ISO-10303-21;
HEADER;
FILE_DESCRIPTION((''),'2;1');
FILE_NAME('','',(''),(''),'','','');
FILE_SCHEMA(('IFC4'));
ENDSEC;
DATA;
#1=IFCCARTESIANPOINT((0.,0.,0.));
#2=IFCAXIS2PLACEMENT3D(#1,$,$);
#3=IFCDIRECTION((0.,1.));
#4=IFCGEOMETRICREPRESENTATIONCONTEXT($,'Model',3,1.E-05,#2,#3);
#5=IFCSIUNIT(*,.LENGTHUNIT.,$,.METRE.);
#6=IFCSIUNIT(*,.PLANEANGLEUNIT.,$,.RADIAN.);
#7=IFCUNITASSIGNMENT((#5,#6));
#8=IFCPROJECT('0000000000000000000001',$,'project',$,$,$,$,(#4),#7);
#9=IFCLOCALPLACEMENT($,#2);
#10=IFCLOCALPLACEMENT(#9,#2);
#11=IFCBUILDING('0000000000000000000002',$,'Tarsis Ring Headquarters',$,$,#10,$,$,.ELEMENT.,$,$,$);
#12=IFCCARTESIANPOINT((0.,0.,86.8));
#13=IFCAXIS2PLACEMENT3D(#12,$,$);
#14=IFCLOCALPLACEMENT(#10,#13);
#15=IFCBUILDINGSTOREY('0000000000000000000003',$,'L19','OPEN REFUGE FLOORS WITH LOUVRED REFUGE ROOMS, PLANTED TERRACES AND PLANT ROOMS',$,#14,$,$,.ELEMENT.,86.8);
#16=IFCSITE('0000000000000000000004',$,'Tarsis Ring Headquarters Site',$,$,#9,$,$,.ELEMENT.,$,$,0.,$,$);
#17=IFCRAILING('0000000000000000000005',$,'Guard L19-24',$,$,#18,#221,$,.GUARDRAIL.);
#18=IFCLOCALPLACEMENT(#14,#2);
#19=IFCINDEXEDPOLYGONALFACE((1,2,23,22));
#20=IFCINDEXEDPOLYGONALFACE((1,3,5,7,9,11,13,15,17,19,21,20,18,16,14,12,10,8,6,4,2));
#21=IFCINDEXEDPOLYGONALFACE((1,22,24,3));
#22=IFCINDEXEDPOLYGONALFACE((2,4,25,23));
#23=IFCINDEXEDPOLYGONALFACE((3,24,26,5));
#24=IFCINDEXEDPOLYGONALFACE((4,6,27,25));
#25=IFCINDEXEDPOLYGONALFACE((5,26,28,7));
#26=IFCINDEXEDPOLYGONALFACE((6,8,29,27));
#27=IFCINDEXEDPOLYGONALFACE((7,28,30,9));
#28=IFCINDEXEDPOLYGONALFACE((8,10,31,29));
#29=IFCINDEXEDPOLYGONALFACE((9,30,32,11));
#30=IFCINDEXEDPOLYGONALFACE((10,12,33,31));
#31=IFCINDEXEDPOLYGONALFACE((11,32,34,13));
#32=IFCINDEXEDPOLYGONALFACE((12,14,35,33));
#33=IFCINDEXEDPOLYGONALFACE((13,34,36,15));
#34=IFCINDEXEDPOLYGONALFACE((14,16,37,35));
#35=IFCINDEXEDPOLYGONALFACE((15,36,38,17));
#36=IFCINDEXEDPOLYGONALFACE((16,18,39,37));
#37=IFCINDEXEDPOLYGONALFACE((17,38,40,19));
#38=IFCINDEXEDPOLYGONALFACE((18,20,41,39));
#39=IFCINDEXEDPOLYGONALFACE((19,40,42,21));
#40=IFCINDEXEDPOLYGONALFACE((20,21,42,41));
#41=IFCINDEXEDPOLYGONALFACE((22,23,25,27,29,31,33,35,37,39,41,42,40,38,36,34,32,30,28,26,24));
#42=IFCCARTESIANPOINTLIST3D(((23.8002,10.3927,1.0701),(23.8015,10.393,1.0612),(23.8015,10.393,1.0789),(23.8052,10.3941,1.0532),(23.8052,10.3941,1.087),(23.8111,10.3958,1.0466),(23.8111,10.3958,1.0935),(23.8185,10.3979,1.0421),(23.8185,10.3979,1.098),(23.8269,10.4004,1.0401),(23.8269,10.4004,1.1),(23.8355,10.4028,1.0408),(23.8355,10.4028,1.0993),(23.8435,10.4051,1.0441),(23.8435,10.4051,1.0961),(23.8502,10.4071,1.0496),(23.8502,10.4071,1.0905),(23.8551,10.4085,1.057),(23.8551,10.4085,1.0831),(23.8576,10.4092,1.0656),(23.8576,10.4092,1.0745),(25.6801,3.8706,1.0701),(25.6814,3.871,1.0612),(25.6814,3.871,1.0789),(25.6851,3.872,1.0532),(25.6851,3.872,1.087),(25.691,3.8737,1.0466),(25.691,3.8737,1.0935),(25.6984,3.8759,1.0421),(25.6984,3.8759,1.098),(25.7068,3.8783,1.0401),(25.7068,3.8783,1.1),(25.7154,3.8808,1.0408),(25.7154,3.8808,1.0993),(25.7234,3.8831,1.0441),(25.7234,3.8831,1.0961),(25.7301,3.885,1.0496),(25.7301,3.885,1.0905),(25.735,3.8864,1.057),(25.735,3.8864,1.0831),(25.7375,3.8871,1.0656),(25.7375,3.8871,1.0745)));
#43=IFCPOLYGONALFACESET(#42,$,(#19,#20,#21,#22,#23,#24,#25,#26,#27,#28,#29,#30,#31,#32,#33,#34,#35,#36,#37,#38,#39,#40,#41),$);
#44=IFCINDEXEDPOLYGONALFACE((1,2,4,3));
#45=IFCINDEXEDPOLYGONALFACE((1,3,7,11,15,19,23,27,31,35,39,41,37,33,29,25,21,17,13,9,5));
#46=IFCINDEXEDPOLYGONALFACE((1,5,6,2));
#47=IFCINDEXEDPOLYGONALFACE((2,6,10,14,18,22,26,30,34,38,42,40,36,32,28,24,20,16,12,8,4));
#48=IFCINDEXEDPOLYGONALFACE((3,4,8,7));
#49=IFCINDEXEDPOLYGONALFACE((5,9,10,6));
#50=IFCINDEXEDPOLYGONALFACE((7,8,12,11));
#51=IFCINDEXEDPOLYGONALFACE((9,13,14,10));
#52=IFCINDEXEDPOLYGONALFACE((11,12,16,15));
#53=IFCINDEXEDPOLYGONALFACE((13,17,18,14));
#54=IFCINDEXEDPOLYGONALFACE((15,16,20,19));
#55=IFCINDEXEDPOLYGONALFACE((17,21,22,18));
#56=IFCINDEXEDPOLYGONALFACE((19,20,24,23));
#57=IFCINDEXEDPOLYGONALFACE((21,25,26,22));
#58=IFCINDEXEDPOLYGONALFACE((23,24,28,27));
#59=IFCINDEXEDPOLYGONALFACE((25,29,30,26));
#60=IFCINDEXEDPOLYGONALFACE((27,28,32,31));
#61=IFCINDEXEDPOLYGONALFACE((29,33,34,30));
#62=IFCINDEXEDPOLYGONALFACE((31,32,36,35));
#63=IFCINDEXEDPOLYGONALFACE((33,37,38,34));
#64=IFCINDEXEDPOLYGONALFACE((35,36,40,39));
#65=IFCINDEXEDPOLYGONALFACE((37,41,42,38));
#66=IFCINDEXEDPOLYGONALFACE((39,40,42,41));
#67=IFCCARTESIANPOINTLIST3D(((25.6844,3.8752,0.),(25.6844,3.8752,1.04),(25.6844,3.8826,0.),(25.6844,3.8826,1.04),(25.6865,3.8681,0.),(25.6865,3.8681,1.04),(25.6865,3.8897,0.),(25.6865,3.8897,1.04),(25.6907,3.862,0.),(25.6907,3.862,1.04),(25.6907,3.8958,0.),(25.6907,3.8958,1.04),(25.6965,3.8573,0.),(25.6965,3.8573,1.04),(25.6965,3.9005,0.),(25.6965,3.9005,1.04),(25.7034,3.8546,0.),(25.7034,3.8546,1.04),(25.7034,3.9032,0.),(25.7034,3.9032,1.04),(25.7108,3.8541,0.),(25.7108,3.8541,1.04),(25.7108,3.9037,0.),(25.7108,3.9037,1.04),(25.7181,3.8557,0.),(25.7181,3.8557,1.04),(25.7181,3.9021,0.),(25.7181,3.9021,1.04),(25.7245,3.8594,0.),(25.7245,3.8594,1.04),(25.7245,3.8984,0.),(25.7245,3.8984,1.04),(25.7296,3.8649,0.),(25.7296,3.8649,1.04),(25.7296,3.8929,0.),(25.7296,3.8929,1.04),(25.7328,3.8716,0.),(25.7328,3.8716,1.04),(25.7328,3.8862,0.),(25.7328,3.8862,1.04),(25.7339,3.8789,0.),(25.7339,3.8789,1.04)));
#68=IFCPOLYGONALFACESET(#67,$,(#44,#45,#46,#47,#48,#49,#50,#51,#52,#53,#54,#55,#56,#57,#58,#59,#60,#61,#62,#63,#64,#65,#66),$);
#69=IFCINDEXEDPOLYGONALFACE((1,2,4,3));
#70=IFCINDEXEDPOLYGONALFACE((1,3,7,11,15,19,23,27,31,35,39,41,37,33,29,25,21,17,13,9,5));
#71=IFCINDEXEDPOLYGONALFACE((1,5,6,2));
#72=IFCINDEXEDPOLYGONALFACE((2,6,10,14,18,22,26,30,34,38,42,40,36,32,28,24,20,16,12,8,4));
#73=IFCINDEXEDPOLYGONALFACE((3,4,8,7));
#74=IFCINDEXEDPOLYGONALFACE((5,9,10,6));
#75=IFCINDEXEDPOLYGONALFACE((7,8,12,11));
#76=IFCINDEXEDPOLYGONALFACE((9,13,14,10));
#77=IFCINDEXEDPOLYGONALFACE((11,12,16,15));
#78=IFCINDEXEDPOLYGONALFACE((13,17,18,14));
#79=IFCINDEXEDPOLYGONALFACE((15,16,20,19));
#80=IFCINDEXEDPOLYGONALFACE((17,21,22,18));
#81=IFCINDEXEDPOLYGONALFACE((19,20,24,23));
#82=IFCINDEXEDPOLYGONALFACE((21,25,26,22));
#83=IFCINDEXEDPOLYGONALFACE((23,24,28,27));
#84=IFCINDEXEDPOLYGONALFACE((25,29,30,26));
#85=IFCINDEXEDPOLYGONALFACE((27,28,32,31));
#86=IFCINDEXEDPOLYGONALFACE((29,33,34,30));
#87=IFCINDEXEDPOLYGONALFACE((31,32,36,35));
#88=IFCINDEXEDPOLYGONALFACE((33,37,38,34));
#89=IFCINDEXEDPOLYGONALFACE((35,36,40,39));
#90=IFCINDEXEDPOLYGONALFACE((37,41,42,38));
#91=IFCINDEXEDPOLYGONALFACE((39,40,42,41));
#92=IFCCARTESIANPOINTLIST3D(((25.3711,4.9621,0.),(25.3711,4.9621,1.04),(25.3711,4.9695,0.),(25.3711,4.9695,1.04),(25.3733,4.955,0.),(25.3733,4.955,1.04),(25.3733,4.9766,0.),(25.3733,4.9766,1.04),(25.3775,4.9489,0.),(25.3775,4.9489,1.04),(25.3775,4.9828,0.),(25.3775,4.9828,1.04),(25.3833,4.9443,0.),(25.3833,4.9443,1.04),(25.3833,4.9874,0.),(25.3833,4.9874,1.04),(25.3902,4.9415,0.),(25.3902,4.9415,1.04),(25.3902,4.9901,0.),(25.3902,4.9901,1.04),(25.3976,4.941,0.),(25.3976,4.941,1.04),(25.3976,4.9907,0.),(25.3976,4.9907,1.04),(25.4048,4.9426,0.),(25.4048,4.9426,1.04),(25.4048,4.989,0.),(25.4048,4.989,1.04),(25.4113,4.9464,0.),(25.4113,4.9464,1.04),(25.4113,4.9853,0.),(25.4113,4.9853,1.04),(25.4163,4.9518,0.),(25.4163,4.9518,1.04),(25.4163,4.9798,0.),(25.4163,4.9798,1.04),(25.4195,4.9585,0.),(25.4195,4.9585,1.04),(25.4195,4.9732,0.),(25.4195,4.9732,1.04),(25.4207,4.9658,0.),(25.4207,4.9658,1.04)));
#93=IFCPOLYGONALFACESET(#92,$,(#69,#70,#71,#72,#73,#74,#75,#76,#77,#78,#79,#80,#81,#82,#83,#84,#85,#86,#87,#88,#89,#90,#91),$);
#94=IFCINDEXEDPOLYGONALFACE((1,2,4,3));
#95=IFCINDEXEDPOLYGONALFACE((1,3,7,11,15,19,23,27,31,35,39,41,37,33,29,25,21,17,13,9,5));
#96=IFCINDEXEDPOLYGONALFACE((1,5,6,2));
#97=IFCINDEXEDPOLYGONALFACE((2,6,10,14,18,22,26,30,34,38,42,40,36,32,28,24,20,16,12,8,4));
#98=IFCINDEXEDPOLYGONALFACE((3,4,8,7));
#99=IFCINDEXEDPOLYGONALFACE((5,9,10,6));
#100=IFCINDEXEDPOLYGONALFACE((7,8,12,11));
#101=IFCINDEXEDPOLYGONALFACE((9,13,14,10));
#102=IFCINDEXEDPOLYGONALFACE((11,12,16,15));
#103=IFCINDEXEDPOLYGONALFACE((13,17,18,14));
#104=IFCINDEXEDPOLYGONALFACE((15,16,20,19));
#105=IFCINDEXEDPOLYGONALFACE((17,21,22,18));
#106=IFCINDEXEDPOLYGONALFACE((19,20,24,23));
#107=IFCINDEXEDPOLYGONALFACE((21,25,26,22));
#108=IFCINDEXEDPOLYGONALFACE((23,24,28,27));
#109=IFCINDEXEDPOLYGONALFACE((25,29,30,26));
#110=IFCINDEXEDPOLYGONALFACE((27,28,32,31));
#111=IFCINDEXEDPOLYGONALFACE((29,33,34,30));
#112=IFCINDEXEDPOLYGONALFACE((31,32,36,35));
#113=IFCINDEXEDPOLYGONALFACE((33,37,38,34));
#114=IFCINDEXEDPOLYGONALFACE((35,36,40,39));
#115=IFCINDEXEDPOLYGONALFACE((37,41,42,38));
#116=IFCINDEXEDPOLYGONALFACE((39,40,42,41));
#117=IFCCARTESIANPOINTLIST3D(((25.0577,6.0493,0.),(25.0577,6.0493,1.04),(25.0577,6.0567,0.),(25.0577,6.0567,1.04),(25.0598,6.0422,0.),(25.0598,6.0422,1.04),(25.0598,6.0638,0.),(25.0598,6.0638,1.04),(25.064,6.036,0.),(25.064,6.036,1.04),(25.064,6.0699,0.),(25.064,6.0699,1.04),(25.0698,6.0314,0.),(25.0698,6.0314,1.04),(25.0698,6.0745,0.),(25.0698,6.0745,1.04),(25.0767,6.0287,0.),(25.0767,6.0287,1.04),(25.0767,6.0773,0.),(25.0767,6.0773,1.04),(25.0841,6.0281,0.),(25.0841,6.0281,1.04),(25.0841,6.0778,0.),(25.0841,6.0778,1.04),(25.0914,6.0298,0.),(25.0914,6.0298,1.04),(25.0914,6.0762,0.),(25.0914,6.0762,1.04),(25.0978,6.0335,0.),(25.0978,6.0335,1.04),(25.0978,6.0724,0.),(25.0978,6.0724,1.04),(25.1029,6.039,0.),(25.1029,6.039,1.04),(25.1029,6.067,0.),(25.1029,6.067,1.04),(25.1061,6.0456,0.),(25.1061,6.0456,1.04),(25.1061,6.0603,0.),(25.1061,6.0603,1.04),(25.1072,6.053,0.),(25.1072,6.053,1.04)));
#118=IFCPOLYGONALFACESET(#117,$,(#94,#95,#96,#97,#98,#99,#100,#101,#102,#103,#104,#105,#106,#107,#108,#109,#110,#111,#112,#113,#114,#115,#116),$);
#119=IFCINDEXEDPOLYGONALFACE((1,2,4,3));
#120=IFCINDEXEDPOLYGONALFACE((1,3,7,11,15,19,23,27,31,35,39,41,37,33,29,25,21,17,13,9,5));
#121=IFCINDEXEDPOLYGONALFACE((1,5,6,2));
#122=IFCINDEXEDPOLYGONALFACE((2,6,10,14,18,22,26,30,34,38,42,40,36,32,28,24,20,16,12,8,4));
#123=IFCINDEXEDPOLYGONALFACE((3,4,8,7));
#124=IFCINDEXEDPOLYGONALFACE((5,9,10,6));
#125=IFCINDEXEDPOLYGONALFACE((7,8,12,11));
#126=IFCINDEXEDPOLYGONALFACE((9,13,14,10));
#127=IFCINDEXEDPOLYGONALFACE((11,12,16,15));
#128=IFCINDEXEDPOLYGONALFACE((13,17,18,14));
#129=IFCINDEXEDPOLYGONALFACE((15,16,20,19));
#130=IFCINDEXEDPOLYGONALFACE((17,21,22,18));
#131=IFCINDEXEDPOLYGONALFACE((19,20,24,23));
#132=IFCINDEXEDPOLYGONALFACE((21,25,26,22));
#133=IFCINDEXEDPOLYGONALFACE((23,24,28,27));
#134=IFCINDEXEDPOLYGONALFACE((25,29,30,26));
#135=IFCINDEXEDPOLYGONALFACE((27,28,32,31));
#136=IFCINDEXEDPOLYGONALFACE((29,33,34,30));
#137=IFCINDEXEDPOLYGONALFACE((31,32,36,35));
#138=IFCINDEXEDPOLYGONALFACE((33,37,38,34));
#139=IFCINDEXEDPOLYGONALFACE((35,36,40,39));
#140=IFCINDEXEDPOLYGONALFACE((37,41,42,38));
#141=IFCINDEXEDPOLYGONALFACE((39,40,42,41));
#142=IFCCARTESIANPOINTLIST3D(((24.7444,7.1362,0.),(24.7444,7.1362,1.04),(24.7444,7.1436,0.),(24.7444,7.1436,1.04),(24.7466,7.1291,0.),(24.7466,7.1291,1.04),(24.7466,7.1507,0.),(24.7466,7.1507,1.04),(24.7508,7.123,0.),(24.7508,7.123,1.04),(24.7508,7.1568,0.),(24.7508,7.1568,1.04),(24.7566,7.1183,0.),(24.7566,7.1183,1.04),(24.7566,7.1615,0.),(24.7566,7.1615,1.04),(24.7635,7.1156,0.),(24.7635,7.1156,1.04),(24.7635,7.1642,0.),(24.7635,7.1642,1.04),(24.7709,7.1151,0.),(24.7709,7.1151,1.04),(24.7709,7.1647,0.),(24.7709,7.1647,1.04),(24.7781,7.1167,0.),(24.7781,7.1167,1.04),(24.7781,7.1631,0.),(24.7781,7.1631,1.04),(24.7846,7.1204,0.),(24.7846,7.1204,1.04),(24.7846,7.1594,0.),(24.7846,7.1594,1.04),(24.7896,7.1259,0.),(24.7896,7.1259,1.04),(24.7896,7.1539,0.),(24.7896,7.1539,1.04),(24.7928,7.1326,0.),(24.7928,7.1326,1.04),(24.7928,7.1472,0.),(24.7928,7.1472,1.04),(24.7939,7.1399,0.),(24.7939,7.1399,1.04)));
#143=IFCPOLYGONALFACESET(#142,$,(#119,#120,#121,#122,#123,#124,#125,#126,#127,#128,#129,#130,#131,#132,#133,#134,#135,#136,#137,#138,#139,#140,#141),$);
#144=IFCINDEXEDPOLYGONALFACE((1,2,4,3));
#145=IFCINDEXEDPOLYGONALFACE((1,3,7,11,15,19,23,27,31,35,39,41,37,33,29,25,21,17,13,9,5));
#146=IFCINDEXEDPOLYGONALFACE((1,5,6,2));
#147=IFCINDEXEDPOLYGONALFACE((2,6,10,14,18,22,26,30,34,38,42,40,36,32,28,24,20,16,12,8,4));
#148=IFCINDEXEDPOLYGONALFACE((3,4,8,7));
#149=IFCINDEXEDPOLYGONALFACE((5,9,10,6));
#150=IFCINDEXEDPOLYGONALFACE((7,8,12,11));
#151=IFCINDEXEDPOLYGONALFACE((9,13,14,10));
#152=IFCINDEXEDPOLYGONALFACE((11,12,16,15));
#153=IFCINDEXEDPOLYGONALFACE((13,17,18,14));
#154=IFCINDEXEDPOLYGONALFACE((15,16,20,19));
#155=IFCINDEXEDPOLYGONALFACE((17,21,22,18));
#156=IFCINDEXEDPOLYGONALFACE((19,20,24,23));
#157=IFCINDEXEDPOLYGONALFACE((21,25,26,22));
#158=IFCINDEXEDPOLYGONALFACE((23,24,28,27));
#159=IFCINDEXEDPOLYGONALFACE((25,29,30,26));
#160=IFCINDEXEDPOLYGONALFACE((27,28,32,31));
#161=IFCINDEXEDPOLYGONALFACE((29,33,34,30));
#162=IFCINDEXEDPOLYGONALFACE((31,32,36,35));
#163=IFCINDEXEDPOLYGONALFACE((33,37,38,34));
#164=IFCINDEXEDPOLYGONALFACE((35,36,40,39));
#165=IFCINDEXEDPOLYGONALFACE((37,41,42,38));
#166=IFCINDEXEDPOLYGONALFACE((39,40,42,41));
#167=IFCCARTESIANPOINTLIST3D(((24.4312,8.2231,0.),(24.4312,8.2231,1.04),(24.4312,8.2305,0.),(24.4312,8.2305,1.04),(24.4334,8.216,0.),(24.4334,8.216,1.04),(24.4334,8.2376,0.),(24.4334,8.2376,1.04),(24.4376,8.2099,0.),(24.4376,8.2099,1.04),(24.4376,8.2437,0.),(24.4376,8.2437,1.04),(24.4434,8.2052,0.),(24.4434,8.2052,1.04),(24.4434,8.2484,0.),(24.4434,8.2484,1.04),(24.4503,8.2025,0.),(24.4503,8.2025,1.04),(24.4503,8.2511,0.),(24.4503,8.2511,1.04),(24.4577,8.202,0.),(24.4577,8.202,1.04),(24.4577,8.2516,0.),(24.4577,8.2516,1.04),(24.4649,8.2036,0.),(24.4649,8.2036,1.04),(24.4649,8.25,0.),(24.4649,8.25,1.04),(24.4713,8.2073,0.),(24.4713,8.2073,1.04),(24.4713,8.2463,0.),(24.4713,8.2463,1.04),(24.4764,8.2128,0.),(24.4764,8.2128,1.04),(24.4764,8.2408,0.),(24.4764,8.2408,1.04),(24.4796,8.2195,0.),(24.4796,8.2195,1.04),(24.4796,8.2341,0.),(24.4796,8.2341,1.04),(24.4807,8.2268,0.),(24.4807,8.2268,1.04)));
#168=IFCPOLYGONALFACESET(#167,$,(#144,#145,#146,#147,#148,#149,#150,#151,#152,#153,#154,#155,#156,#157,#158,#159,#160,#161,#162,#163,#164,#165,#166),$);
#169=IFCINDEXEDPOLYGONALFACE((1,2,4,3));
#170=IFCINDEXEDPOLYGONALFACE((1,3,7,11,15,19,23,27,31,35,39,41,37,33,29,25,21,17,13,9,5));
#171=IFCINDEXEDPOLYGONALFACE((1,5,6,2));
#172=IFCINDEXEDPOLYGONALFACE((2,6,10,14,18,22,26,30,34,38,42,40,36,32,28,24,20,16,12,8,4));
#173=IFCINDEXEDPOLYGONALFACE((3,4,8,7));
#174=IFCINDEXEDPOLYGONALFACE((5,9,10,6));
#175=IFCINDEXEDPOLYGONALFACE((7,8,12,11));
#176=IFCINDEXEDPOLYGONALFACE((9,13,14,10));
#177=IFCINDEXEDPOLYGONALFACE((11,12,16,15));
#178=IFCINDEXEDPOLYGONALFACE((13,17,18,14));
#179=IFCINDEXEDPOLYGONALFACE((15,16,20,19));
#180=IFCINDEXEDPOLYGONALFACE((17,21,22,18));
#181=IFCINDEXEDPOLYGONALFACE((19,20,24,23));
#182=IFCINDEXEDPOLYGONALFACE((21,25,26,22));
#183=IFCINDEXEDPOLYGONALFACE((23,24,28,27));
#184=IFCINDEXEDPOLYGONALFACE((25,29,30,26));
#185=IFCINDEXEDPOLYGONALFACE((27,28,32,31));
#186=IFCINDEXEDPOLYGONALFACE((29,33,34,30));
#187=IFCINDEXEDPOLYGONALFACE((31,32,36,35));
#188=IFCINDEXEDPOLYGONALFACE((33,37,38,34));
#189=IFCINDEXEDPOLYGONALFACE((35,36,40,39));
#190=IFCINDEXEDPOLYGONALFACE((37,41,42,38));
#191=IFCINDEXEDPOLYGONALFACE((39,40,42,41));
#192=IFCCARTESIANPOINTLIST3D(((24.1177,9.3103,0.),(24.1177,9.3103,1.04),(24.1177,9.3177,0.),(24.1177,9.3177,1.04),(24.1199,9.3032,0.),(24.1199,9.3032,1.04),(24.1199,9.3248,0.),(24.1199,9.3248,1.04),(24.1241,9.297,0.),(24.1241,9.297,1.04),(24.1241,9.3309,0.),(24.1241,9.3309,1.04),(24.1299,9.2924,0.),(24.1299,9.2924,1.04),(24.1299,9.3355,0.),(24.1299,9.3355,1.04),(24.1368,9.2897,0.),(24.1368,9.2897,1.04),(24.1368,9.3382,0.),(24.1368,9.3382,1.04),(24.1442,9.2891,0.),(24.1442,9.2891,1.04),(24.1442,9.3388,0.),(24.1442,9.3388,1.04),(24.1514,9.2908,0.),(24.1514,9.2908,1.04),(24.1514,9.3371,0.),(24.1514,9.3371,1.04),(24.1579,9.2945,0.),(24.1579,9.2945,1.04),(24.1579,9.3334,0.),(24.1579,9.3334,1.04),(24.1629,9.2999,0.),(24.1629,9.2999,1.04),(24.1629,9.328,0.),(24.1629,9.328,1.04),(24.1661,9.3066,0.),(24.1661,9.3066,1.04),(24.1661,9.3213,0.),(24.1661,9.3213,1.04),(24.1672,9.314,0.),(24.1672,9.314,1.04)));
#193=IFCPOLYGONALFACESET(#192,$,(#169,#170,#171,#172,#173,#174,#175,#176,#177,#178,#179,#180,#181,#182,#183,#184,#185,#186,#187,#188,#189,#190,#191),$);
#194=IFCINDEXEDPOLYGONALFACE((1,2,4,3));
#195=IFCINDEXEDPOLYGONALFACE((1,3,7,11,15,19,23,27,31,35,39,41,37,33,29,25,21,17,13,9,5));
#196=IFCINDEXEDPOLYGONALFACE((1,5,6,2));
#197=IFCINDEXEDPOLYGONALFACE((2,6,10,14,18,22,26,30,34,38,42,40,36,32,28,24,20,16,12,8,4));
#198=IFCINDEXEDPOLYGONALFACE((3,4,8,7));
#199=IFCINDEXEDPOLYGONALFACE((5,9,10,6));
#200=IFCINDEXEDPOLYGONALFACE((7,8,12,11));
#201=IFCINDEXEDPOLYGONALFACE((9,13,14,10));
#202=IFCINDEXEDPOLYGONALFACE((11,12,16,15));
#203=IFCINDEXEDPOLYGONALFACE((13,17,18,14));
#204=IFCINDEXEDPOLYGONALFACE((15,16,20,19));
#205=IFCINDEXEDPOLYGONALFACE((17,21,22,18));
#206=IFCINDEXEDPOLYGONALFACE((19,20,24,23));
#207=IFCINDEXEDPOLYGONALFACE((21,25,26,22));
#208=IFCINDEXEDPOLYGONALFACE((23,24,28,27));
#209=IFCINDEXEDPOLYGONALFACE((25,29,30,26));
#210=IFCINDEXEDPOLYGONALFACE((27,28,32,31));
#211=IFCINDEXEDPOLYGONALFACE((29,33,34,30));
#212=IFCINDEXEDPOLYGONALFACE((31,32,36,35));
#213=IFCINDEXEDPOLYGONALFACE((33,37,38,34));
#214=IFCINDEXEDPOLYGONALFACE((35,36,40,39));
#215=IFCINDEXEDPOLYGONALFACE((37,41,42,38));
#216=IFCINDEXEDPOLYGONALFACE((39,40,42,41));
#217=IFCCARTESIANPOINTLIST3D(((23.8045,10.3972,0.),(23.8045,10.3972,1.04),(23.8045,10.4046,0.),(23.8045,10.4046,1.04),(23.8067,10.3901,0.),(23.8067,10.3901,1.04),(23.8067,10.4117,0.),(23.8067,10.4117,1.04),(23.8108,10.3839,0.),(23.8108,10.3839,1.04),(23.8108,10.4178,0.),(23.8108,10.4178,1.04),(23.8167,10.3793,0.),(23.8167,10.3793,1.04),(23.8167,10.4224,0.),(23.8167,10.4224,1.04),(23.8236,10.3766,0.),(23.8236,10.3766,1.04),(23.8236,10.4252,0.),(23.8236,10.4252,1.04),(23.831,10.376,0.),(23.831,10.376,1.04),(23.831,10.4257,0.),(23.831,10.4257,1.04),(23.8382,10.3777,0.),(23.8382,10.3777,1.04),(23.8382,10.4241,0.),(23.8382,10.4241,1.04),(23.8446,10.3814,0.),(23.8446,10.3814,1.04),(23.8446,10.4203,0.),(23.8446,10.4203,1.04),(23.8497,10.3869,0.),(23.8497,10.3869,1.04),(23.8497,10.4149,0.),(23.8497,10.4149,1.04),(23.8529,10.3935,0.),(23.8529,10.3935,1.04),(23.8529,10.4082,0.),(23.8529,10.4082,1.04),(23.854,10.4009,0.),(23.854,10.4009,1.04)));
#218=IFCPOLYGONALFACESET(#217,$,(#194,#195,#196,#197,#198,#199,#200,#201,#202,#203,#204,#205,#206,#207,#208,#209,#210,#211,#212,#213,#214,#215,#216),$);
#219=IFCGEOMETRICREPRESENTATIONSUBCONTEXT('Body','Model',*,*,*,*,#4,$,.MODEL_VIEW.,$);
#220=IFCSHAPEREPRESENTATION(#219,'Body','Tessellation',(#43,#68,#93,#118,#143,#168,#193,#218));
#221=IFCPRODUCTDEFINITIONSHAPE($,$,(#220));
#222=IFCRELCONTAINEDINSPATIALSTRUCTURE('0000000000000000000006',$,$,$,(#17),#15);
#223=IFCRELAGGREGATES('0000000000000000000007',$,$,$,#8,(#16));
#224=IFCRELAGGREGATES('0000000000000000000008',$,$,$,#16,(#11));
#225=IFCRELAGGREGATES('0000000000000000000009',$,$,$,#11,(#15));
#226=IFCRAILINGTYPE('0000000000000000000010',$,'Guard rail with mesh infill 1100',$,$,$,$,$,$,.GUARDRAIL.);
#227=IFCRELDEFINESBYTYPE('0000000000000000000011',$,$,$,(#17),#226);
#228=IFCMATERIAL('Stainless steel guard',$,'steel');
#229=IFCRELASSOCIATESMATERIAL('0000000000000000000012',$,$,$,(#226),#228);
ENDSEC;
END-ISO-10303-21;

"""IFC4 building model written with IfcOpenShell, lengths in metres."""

from ifc_helpers import new_model, si_unit, direction, frame, origin, origin_2d, place, context, subcontext, project, spatial, circle, extrude, material, type_object, element, save


model = new_model("IFC4")

# Units and contexts
model_context = context("Model", 3, precision=1e-05, world=origin(), true_north=direction((0.0, 1.0)))
body_context = subcontext(model_context, "Body", "Model", "MODEL_VIEW")
ifc_project = project(units=[si_unit("LENGTHUNIT", "METRE"), si_unit("PLANEANGLEUNIT", "RADIAN")], contexts=[model_context])

# Site, building, storey
site_placement = place(None, origin())
site = spatial("IfcSite", under=ifc_project, at=site_placement, Name="Tarsis Ring Headquarters Site", CompositionType="ELEMENT", RefElevation=0.0)
building_placement = place(site_placement, origin())
building = spatial("IfcBuilding", under=site, at=building_placement, Name="Tarsis Ring Headquarters", CompositionType="ELEMENT")
storey_placement = place(building_placement, frame((0.0, 0.0, 86.8)))
storey = spatial("IfcBuildingStorey", under=building, at=storey_placement, Name="L19", Description="OPEN REFUGE FLOORS WITH LOUVRED REFUGE ROOMS, PLANTED TERRACES AND PLANT ROOMS", CompositionType="ELEMENT", Elevation=86.8)

# Railing
ifc_material_1 = material(Name="Stainless steel guard", Category="steel")
railing_type_1 = type_object("IfcRailingType", Name="Guard rail with mesh infill 1100", PredefinedType="GUARDRAIL", material=ifc_material_1)
railing_1_placement = place(storey_placement, frame((25.709, 3.8789, 0.0)))
element("IfcRailing", 1, at=railing_1_placement, inside=storey, type_object=railing_type_1, Name="Guard L19-24", PredefinedType="GUARDRAIL", context=body_context, shape_type="SweptSolid", body=[
    extrude(circle(Radius=0.03, at=origin_2d()), frame((0.0, 0.0, 1.0701), z_axis=(-0.276963, 0.960881, 0.0), x_axis=(-0.960881, -0.276963, 0.0)), (0.0, 0.0, 1.0), 6.7876),
    extrude(circle(Radius=0.0249, at=origin_2d()), origin(), (0.0, 0.0, 1.0), 1.04),
    extrude(circle(Radius=0.0249, at=origin_2d()), frame((-0.3132, 1.0869, 0.0)), (0.0, 0.0, 1.0), 1.04),
    extrude(circle(Radius=0.0249, at=origin_2d()), frame((-0.6267, 2.1741, 0.0)), (0.0, 0.0, 1.0), 1.04),
    extrude(circle(Radius=0.0249, at=origin_2d()), frame((-0.9399, 3.261, 0.0)), (0.0, 0.0, 1.0), 1.04),
    extrude(circle(Radius=0.0249, at=origin_2d()), frame((-1.2532, 4.3479, 0.0)), (0.0, 0.0, 1.0), 1.04),
    extrude(circle(Radius=0.0249, at=origin_2d()), frame((-1.5667, 5.4351, 0.0)), (0.0, 0.0, 1.0), 1.04),
    extrude(circle(Radius=0.0249, at=origin_2d()), frame((-1.8799, 6.522, 0.0)), (0.0, 0.0, 1.0), 1.04),
])

save(model, "model.ifc")
